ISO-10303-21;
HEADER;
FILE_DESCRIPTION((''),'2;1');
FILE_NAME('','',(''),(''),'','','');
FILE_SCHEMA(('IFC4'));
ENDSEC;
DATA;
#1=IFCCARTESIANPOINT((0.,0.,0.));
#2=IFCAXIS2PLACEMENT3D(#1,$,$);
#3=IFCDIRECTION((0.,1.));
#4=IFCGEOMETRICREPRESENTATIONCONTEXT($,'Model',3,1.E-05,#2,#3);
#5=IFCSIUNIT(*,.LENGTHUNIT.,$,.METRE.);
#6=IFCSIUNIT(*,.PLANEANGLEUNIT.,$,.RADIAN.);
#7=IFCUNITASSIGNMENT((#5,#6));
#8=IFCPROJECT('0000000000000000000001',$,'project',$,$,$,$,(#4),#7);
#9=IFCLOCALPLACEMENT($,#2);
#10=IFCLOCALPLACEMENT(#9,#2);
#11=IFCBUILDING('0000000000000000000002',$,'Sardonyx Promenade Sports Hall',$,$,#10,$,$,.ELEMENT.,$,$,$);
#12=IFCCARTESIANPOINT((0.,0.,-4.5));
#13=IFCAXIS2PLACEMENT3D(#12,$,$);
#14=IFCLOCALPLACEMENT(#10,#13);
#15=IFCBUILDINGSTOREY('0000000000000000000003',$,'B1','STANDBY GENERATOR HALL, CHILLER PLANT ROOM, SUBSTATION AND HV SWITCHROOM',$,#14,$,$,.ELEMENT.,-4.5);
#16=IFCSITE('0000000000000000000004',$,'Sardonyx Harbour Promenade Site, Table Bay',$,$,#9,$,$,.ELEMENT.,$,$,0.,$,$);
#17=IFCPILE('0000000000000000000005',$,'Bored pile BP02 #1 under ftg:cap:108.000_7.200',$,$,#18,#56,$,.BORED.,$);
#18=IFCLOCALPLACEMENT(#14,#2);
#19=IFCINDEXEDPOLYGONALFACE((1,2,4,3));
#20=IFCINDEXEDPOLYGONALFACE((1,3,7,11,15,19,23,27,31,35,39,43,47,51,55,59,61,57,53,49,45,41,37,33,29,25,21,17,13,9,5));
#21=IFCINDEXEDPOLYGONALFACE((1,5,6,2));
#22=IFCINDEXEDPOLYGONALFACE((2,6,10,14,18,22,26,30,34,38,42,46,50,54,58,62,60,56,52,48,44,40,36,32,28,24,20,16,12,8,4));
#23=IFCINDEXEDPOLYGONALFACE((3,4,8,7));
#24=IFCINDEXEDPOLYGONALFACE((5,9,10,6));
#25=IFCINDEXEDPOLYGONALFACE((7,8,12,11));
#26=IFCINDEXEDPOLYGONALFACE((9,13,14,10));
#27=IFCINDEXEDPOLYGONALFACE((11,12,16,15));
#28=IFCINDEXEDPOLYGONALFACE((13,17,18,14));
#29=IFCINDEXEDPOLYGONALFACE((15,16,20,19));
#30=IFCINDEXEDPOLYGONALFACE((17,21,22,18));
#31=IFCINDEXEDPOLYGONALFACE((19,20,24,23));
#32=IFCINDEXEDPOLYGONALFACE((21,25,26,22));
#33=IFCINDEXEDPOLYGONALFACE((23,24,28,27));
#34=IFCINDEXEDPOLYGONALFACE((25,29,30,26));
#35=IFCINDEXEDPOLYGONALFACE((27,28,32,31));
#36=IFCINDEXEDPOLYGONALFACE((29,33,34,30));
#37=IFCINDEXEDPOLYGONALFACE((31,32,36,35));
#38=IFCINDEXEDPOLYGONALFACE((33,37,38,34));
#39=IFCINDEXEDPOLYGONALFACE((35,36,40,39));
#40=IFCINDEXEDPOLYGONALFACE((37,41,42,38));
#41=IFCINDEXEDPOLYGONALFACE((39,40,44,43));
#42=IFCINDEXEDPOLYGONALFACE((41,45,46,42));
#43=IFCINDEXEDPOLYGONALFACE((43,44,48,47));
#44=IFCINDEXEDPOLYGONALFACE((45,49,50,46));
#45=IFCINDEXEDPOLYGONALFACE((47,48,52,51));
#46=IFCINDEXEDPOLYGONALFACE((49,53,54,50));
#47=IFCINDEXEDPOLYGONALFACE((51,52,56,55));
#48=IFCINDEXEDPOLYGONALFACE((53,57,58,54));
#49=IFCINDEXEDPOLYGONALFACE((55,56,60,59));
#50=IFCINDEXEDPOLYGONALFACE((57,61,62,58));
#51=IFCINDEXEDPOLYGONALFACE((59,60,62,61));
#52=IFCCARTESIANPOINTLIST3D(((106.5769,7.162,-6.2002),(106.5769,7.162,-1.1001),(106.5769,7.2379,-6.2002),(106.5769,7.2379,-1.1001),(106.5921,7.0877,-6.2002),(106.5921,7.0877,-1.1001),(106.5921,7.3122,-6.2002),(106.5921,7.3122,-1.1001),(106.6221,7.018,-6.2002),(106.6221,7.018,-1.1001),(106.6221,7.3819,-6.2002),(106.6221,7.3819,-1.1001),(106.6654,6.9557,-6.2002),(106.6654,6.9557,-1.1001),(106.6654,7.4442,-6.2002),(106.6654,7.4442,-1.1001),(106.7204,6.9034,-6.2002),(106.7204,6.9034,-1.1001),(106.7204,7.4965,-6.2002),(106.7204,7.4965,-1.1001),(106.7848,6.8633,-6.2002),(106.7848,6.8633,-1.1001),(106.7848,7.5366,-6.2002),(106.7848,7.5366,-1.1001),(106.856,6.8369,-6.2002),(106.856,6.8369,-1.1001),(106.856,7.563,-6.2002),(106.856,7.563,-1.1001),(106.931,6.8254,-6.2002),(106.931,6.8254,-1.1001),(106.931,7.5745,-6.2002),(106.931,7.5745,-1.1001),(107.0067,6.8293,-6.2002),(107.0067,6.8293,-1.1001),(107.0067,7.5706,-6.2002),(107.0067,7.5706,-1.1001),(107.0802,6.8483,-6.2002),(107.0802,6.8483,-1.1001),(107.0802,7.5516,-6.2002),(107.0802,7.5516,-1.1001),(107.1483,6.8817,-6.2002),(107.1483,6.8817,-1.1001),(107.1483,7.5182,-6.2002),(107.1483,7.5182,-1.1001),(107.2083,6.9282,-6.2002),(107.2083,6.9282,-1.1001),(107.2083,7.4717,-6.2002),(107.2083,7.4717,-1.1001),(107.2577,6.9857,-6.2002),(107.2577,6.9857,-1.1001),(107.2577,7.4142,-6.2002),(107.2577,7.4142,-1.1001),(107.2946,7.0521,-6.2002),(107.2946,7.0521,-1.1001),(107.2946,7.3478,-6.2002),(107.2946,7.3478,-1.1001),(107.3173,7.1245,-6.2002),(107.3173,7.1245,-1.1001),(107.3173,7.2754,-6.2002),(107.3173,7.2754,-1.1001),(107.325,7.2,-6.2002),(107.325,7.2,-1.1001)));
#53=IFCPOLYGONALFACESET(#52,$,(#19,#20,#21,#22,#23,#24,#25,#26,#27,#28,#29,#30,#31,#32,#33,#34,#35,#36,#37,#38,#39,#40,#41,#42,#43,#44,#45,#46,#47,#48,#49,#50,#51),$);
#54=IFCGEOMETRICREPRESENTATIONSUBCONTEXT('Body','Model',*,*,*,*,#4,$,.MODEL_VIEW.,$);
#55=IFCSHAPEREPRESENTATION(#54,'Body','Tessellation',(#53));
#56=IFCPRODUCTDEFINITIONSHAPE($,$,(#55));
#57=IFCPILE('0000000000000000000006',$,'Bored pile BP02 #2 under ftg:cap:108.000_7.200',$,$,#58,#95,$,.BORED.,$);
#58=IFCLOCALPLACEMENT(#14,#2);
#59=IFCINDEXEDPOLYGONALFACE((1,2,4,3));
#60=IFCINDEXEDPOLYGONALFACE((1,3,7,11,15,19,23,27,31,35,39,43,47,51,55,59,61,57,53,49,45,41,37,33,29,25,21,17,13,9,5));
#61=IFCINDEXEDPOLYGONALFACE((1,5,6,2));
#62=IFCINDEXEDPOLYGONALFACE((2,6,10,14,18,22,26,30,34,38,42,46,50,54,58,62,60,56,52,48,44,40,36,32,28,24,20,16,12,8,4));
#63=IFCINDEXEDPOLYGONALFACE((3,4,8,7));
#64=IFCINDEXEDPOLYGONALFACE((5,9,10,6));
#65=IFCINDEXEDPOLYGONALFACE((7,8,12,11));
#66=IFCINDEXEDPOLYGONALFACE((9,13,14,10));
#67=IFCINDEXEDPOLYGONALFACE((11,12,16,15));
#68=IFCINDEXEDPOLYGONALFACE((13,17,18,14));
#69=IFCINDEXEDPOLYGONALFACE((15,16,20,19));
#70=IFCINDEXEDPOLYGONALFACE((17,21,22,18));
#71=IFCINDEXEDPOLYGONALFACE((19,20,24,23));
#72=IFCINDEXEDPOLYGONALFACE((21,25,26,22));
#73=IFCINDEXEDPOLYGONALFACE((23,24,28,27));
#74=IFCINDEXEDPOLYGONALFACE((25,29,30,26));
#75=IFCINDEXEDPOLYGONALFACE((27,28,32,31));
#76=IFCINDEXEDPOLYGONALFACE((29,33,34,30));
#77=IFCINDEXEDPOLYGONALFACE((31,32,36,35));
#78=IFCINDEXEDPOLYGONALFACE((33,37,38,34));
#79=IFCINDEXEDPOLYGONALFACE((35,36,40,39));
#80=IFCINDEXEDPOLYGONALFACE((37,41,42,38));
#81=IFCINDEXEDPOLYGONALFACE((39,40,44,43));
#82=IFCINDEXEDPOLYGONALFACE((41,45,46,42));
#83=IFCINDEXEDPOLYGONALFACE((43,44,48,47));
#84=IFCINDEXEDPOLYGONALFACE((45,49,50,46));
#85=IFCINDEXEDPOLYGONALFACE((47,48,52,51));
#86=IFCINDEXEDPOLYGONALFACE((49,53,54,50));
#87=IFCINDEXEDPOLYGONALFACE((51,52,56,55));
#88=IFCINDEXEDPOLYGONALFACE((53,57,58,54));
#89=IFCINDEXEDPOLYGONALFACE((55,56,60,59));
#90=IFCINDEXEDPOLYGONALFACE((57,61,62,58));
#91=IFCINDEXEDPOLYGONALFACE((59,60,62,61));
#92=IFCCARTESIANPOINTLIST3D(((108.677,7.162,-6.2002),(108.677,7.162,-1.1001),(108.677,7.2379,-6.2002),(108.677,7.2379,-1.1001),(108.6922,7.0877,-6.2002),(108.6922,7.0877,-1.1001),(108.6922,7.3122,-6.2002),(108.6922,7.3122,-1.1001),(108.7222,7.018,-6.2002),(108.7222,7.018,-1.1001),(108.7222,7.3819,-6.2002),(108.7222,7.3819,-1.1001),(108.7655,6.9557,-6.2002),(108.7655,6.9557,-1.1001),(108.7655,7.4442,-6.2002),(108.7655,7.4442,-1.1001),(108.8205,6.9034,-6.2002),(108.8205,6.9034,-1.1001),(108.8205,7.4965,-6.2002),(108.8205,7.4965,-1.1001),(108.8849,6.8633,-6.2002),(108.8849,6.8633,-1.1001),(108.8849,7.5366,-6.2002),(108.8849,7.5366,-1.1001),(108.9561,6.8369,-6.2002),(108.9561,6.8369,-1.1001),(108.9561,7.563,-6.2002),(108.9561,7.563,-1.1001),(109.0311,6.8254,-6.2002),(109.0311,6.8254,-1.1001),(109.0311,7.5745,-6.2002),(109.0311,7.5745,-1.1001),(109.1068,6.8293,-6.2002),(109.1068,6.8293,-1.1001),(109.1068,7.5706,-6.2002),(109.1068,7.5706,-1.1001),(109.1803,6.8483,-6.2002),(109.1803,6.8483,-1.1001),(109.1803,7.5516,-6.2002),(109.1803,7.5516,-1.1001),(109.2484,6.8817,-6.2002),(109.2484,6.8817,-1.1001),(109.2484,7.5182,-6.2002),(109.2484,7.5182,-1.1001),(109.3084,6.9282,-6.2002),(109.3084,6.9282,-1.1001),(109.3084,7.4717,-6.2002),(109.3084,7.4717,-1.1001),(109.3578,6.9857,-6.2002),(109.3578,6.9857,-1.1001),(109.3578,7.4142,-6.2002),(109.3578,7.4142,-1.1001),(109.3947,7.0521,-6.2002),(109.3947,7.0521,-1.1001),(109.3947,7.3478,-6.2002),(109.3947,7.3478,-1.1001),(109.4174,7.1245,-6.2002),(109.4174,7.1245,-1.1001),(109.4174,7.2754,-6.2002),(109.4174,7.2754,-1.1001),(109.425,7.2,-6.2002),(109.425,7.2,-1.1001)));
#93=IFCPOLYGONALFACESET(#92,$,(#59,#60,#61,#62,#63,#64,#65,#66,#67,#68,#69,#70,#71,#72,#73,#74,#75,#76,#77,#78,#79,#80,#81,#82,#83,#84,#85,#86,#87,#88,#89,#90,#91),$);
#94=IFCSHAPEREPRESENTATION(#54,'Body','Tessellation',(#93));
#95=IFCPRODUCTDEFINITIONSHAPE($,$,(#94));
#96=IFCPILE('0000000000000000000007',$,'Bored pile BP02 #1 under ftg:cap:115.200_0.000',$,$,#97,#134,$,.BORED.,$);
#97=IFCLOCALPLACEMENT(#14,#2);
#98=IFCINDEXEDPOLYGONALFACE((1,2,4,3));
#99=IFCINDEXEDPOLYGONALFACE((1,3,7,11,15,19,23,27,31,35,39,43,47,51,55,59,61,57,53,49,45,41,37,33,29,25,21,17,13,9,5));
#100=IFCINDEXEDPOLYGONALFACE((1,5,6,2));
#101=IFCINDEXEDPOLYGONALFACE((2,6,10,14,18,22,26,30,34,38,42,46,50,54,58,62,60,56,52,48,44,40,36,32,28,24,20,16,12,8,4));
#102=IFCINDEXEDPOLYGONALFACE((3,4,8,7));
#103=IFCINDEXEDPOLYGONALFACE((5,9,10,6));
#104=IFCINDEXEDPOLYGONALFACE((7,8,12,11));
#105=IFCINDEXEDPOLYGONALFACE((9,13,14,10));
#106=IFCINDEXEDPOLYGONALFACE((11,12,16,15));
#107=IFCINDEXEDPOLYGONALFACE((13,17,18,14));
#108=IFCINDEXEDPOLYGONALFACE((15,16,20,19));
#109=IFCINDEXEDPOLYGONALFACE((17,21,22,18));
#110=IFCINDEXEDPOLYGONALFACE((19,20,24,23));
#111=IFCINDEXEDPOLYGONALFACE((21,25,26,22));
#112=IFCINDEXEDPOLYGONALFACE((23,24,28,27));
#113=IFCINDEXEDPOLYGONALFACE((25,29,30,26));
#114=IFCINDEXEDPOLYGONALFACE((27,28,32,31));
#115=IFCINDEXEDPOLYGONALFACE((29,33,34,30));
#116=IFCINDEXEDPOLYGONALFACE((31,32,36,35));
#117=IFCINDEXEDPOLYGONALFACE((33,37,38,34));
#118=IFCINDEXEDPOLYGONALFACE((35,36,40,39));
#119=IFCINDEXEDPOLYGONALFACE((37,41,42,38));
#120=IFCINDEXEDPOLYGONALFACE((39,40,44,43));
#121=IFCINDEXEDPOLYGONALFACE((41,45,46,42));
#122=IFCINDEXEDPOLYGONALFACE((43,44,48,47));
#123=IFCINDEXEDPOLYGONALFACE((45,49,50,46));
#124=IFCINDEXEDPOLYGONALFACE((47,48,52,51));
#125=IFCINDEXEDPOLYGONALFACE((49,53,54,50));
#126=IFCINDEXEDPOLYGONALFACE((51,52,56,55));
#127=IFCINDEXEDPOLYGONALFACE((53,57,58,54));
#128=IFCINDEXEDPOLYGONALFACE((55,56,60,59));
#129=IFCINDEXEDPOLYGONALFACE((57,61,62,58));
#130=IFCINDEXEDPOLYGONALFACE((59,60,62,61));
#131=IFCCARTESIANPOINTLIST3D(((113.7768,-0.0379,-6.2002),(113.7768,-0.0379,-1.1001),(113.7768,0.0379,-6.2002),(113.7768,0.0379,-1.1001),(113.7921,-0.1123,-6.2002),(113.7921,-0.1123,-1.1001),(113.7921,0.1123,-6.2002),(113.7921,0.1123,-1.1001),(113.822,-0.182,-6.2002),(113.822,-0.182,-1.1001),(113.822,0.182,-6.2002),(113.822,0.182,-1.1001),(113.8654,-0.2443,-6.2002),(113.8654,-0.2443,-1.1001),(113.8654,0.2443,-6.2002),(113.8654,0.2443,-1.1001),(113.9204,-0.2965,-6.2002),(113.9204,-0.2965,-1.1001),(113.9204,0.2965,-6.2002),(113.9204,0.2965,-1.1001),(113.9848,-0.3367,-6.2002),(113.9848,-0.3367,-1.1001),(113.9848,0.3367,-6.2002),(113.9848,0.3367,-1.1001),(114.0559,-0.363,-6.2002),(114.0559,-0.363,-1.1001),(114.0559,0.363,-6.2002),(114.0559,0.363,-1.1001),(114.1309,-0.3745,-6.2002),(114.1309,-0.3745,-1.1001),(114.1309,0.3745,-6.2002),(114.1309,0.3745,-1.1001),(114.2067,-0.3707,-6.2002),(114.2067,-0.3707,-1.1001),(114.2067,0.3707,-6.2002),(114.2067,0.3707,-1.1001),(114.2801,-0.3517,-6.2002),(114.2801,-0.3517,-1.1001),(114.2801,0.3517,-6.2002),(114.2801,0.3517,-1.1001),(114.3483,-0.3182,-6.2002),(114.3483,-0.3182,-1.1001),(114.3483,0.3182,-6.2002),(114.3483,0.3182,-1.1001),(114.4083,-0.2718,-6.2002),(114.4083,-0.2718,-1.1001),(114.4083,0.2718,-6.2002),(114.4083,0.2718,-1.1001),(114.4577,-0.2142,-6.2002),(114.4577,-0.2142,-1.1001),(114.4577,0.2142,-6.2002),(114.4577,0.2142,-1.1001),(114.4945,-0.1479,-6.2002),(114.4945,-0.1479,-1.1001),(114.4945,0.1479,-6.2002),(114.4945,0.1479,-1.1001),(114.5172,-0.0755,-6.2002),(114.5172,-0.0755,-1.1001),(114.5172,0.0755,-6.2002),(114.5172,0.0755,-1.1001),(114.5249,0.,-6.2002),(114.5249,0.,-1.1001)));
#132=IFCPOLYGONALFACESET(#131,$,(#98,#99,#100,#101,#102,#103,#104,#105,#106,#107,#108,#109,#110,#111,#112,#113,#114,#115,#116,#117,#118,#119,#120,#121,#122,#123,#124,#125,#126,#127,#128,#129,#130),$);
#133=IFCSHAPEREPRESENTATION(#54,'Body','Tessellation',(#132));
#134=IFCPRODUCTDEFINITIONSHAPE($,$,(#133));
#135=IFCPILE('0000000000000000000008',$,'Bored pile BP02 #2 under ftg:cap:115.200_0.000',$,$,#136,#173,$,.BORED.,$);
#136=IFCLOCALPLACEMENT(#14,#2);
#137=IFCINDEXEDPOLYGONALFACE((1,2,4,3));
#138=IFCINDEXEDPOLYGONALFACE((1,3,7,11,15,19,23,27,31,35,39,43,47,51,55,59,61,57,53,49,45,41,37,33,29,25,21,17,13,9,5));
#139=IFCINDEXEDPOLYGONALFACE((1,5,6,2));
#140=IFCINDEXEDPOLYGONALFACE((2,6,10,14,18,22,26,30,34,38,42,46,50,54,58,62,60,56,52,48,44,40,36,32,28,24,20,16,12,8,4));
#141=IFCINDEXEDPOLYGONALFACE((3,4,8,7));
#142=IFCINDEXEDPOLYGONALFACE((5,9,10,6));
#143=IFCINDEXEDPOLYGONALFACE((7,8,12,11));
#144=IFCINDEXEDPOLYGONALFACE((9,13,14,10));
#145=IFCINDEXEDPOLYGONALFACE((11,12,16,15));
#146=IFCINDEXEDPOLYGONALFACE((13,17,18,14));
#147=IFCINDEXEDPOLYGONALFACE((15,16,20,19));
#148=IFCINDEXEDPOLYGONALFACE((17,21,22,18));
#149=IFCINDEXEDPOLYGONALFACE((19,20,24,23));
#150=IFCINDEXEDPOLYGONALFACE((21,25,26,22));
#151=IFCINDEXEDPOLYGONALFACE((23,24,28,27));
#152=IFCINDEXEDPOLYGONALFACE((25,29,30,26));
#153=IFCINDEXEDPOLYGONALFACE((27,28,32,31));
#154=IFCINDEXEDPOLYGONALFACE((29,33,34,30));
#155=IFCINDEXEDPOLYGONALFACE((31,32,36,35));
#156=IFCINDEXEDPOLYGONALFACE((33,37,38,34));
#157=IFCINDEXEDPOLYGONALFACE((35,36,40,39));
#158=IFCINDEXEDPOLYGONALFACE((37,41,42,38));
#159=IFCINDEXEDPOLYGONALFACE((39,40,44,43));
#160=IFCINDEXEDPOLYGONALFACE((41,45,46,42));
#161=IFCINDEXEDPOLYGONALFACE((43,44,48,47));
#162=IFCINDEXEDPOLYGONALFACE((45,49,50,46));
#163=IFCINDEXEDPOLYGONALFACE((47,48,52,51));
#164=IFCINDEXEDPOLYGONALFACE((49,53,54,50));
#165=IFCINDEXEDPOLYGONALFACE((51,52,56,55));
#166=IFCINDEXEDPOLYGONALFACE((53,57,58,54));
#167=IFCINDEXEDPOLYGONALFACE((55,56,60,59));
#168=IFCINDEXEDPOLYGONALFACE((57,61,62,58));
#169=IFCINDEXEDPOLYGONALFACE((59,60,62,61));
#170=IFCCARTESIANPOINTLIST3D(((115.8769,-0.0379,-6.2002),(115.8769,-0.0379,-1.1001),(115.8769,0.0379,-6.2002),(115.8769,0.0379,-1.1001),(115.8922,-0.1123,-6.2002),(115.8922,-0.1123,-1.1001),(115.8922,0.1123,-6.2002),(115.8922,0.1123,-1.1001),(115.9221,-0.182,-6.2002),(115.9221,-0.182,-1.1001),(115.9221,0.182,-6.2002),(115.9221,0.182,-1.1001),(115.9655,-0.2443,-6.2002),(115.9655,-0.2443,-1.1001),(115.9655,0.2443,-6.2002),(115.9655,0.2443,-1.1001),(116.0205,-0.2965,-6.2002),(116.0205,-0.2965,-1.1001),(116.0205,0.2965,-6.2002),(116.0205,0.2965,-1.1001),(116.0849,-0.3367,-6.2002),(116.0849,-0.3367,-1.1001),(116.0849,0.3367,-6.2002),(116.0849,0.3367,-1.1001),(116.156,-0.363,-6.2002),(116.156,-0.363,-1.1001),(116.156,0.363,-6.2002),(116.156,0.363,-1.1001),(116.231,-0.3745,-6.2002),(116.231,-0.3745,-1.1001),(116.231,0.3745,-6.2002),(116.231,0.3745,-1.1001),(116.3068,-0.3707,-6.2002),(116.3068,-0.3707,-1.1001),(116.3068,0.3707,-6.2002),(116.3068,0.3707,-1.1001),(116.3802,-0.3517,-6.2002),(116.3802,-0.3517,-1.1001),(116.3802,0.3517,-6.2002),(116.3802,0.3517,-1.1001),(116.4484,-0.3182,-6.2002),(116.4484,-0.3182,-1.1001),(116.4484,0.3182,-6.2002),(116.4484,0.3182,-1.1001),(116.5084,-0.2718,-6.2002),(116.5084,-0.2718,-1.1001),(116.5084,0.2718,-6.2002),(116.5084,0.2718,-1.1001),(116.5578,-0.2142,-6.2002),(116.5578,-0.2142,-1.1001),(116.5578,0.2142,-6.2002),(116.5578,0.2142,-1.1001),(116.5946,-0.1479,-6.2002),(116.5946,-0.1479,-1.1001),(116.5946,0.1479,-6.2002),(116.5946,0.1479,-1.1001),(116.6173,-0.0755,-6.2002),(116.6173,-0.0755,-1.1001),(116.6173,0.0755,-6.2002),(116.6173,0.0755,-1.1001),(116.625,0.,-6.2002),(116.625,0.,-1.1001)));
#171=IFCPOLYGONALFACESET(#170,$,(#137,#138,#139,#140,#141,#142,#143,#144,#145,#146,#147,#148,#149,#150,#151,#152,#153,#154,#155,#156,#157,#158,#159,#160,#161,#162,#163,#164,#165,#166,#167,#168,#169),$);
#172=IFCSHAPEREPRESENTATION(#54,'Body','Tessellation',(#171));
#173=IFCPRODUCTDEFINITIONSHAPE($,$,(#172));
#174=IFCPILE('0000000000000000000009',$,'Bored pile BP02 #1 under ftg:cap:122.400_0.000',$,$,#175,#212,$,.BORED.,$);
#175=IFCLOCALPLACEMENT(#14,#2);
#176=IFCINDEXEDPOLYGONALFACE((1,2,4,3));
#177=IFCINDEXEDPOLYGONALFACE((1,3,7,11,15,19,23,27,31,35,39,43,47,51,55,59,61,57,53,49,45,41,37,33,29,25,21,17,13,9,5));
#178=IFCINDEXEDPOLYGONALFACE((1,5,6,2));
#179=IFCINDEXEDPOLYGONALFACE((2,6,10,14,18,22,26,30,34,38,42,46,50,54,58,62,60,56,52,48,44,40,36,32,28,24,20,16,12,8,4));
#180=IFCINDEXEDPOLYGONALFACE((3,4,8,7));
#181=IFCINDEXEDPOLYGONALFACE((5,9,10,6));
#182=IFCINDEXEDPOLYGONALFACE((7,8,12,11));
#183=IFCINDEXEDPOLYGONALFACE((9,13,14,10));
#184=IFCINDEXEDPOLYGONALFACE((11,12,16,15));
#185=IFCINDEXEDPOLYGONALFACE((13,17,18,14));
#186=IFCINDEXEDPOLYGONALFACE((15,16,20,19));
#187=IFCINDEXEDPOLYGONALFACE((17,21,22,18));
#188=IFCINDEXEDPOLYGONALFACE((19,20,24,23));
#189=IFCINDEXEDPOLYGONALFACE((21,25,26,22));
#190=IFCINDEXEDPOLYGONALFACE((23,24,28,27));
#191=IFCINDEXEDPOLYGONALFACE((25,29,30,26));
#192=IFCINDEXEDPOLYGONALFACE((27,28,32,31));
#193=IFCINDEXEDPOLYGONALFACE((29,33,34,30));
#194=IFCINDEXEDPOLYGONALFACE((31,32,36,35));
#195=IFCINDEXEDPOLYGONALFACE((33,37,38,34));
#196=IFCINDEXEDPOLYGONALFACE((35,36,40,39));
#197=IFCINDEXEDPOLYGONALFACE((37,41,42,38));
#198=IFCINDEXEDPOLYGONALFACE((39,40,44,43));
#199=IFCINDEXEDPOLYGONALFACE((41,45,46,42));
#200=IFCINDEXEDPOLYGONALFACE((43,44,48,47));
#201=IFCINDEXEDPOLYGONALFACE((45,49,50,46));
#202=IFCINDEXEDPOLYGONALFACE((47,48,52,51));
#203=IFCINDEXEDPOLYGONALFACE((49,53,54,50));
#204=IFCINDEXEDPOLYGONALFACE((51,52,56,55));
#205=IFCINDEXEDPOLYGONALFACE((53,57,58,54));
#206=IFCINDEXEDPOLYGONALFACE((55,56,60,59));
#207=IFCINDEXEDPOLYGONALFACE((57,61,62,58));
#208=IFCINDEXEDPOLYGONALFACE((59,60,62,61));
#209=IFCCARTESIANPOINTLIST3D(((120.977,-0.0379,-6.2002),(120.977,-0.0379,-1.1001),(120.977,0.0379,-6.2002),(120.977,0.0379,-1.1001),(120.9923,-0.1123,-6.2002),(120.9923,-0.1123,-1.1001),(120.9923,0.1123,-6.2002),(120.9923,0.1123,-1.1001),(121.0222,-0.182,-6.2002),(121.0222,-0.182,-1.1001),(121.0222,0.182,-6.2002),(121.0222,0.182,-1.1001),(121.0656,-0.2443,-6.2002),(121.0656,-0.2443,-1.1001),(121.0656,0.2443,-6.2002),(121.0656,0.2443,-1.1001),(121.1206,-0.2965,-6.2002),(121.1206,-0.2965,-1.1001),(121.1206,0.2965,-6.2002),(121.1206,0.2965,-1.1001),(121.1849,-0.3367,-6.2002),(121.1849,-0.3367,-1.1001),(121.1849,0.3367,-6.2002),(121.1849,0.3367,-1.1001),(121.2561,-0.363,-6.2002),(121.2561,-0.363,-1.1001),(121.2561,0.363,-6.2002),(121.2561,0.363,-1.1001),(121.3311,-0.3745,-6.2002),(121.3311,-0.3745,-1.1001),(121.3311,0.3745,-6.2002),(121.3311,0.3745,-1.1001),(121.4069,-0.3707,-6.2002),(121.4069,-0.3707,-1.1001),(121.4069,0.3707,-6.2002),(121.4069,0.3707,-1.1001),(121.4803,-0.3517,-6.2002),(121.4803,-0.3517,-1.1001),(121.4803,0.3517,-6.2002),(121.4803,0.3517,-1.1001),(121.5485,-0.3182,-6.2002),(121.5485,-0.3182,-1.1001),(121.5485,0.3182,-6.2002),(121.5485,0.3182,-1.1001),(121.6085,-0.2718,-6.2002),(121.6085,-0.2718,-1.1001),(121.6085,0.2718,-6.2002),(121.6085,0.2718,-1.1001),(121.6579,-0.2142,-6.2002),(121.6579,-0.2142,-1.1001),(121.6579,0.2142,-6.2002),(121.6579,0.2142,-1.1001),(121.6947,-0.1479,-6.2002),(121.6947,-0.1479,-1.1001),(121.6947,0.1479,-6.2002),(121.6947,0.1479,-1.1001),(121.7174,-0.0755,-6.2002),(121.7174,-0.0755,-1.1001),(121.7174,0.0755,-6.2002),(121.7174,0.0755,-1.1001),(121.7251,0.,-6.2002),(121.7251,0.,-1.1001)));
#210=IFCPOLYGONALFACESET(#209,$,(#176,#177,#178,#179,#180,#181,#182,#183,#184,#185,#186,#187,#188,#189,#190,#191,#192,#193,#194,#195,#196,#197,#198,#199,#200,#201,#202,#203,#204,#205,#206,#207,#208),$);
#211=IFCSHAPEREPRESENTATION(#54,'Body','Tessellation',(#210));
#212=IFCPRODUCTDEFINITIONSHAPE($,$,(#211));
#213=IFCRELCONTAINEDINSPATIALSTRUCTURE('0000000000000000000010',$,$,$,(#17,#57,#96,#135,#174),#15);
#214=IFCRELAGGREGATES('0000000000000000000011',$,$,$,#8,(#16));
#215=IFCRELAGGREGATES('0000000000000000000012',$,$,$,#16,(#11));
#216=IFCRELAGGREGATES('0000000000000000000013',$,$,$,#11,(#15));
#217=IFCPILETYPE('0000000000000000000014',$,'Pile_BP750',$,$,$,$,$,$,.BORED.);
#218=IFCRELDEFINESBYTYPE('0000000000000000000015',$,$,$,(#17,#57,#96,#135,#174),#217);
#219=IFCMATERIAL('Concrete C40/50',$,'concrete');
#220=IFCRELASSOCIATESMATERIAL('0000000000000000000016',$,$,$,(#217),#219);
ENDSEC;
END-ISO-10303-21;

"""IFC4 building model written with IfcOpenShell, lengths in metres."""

from ifc_helpers import new_model, si_unit, direction, frame, origin, origin_2d, place, context, subcontext, project, spatial, circle, extrude, material, material_profile, profile_set, type_object, element, save


model = new_model("IFC4")

# Units and contexts
model_context = context("Model", 3, precision=1e-05, world=origin(), true_north=direction((0.0, 1.0)))
body_context = subcontext(model_context, "Body", "Model", "MODEL_VIEW")
ifc_project = project(units=[si_unit("LENGTHUNIT", "METRE"), si_unit("PLANEANGLEUNIT", "RADIAN")], contexts=[model_context])

# Site, building, storey
site_placement = place(None, origin())
site = spatial("IfcSite", under=ifc_project, at=site_placement, Name="Sardonyx Harbour Promenade Site, Table Bay", CompositionType="ELEMENT", RefElevation=0.0)
building_placement = place(site_placement, origin())
building = spatial("IfcBuilding", under=site, at=building_placement, Name="Sardonyx Promenade Sports Hall", CompositionType="ELEMENT")
storey_placement = place(building_placement, frame((0.0, 0.0, -4.5)))
storey = spatial("IfcBuildingStorey", under=building, at=storey_placement, Name="B1", Description="STANDBY GENERATOR HALL, CHILLER PLANT ROOM, SUBSTATION AND HV SWITCHROOM", CompositionType="ELEMENT", Elevation=-4.5)

# Piles
ifc_material_1 = material(Name="Concrete C40/50", Category="concrete")
ifc_material_profile_1 = material_profile(ifc_material_1, circle(Radius=0.375, at=origin_2d()))
ifc_profile_set_1 = profile_set([ifc_material_profile_1], Name="Concrete C40/50")
pile_type_1 = type_object("IfcPileType", Name="Pile_BP750", PredefinedType="BORED", material=ifc_profile_set_1)
for number, where, z_axis, x_axis, name in (
    (1, (106.95, 7.2, -1.1001), (0.0, 0.0, -1.0), (1.0, 0.0, 0.0), "Bored pile BP02 #1 under ftg:cap:108.000_7.200"),
    (2, (109.05, 7.2, -1.1001), (0.0, 0.0, -1.0), (1.0, 0.0, 0.0), "Bored pile BP02 #2 under ftg:cap:108.000_7.200"),
    (3, (114.1499, 0.0, -1.1001), (0.0, 0.0, -1.0), (1.0, 0.0, 0.0), "Bored pile BP02 #1 under ftg:cap:115.200_0.000"),
    (4, (116.25, 0.0, -1.1001), (0.0, 0.0, -1.0), (1.0, 0.0, 0.0), "Bored pile BP02 #2 under ftg:cap:115.200_0.000"),
    (5, (121.3501, 0.0, -1.1001), (0.0, 0.0, -1.0), (1.0, 0.0, 0.0), "Bored pile BP02 #1 under ftg:cap:122.400_0.000"),
):
    element("IfcPile", number, at=place(storey_placement, frame(where, z_axis=z_axis, x_axis=x_axis)), inside=storey, type_object=pile_type_1, Name=name, PredefinedType="BORED", context=body_context, shape_type="SweptSolid", body=[
        extrude(circle(Radius=0.375, at=origin_2d()), origin(), (0.0, 0.0, 1.0), 5.1001),
    ])

save(model, "model.ifc")
